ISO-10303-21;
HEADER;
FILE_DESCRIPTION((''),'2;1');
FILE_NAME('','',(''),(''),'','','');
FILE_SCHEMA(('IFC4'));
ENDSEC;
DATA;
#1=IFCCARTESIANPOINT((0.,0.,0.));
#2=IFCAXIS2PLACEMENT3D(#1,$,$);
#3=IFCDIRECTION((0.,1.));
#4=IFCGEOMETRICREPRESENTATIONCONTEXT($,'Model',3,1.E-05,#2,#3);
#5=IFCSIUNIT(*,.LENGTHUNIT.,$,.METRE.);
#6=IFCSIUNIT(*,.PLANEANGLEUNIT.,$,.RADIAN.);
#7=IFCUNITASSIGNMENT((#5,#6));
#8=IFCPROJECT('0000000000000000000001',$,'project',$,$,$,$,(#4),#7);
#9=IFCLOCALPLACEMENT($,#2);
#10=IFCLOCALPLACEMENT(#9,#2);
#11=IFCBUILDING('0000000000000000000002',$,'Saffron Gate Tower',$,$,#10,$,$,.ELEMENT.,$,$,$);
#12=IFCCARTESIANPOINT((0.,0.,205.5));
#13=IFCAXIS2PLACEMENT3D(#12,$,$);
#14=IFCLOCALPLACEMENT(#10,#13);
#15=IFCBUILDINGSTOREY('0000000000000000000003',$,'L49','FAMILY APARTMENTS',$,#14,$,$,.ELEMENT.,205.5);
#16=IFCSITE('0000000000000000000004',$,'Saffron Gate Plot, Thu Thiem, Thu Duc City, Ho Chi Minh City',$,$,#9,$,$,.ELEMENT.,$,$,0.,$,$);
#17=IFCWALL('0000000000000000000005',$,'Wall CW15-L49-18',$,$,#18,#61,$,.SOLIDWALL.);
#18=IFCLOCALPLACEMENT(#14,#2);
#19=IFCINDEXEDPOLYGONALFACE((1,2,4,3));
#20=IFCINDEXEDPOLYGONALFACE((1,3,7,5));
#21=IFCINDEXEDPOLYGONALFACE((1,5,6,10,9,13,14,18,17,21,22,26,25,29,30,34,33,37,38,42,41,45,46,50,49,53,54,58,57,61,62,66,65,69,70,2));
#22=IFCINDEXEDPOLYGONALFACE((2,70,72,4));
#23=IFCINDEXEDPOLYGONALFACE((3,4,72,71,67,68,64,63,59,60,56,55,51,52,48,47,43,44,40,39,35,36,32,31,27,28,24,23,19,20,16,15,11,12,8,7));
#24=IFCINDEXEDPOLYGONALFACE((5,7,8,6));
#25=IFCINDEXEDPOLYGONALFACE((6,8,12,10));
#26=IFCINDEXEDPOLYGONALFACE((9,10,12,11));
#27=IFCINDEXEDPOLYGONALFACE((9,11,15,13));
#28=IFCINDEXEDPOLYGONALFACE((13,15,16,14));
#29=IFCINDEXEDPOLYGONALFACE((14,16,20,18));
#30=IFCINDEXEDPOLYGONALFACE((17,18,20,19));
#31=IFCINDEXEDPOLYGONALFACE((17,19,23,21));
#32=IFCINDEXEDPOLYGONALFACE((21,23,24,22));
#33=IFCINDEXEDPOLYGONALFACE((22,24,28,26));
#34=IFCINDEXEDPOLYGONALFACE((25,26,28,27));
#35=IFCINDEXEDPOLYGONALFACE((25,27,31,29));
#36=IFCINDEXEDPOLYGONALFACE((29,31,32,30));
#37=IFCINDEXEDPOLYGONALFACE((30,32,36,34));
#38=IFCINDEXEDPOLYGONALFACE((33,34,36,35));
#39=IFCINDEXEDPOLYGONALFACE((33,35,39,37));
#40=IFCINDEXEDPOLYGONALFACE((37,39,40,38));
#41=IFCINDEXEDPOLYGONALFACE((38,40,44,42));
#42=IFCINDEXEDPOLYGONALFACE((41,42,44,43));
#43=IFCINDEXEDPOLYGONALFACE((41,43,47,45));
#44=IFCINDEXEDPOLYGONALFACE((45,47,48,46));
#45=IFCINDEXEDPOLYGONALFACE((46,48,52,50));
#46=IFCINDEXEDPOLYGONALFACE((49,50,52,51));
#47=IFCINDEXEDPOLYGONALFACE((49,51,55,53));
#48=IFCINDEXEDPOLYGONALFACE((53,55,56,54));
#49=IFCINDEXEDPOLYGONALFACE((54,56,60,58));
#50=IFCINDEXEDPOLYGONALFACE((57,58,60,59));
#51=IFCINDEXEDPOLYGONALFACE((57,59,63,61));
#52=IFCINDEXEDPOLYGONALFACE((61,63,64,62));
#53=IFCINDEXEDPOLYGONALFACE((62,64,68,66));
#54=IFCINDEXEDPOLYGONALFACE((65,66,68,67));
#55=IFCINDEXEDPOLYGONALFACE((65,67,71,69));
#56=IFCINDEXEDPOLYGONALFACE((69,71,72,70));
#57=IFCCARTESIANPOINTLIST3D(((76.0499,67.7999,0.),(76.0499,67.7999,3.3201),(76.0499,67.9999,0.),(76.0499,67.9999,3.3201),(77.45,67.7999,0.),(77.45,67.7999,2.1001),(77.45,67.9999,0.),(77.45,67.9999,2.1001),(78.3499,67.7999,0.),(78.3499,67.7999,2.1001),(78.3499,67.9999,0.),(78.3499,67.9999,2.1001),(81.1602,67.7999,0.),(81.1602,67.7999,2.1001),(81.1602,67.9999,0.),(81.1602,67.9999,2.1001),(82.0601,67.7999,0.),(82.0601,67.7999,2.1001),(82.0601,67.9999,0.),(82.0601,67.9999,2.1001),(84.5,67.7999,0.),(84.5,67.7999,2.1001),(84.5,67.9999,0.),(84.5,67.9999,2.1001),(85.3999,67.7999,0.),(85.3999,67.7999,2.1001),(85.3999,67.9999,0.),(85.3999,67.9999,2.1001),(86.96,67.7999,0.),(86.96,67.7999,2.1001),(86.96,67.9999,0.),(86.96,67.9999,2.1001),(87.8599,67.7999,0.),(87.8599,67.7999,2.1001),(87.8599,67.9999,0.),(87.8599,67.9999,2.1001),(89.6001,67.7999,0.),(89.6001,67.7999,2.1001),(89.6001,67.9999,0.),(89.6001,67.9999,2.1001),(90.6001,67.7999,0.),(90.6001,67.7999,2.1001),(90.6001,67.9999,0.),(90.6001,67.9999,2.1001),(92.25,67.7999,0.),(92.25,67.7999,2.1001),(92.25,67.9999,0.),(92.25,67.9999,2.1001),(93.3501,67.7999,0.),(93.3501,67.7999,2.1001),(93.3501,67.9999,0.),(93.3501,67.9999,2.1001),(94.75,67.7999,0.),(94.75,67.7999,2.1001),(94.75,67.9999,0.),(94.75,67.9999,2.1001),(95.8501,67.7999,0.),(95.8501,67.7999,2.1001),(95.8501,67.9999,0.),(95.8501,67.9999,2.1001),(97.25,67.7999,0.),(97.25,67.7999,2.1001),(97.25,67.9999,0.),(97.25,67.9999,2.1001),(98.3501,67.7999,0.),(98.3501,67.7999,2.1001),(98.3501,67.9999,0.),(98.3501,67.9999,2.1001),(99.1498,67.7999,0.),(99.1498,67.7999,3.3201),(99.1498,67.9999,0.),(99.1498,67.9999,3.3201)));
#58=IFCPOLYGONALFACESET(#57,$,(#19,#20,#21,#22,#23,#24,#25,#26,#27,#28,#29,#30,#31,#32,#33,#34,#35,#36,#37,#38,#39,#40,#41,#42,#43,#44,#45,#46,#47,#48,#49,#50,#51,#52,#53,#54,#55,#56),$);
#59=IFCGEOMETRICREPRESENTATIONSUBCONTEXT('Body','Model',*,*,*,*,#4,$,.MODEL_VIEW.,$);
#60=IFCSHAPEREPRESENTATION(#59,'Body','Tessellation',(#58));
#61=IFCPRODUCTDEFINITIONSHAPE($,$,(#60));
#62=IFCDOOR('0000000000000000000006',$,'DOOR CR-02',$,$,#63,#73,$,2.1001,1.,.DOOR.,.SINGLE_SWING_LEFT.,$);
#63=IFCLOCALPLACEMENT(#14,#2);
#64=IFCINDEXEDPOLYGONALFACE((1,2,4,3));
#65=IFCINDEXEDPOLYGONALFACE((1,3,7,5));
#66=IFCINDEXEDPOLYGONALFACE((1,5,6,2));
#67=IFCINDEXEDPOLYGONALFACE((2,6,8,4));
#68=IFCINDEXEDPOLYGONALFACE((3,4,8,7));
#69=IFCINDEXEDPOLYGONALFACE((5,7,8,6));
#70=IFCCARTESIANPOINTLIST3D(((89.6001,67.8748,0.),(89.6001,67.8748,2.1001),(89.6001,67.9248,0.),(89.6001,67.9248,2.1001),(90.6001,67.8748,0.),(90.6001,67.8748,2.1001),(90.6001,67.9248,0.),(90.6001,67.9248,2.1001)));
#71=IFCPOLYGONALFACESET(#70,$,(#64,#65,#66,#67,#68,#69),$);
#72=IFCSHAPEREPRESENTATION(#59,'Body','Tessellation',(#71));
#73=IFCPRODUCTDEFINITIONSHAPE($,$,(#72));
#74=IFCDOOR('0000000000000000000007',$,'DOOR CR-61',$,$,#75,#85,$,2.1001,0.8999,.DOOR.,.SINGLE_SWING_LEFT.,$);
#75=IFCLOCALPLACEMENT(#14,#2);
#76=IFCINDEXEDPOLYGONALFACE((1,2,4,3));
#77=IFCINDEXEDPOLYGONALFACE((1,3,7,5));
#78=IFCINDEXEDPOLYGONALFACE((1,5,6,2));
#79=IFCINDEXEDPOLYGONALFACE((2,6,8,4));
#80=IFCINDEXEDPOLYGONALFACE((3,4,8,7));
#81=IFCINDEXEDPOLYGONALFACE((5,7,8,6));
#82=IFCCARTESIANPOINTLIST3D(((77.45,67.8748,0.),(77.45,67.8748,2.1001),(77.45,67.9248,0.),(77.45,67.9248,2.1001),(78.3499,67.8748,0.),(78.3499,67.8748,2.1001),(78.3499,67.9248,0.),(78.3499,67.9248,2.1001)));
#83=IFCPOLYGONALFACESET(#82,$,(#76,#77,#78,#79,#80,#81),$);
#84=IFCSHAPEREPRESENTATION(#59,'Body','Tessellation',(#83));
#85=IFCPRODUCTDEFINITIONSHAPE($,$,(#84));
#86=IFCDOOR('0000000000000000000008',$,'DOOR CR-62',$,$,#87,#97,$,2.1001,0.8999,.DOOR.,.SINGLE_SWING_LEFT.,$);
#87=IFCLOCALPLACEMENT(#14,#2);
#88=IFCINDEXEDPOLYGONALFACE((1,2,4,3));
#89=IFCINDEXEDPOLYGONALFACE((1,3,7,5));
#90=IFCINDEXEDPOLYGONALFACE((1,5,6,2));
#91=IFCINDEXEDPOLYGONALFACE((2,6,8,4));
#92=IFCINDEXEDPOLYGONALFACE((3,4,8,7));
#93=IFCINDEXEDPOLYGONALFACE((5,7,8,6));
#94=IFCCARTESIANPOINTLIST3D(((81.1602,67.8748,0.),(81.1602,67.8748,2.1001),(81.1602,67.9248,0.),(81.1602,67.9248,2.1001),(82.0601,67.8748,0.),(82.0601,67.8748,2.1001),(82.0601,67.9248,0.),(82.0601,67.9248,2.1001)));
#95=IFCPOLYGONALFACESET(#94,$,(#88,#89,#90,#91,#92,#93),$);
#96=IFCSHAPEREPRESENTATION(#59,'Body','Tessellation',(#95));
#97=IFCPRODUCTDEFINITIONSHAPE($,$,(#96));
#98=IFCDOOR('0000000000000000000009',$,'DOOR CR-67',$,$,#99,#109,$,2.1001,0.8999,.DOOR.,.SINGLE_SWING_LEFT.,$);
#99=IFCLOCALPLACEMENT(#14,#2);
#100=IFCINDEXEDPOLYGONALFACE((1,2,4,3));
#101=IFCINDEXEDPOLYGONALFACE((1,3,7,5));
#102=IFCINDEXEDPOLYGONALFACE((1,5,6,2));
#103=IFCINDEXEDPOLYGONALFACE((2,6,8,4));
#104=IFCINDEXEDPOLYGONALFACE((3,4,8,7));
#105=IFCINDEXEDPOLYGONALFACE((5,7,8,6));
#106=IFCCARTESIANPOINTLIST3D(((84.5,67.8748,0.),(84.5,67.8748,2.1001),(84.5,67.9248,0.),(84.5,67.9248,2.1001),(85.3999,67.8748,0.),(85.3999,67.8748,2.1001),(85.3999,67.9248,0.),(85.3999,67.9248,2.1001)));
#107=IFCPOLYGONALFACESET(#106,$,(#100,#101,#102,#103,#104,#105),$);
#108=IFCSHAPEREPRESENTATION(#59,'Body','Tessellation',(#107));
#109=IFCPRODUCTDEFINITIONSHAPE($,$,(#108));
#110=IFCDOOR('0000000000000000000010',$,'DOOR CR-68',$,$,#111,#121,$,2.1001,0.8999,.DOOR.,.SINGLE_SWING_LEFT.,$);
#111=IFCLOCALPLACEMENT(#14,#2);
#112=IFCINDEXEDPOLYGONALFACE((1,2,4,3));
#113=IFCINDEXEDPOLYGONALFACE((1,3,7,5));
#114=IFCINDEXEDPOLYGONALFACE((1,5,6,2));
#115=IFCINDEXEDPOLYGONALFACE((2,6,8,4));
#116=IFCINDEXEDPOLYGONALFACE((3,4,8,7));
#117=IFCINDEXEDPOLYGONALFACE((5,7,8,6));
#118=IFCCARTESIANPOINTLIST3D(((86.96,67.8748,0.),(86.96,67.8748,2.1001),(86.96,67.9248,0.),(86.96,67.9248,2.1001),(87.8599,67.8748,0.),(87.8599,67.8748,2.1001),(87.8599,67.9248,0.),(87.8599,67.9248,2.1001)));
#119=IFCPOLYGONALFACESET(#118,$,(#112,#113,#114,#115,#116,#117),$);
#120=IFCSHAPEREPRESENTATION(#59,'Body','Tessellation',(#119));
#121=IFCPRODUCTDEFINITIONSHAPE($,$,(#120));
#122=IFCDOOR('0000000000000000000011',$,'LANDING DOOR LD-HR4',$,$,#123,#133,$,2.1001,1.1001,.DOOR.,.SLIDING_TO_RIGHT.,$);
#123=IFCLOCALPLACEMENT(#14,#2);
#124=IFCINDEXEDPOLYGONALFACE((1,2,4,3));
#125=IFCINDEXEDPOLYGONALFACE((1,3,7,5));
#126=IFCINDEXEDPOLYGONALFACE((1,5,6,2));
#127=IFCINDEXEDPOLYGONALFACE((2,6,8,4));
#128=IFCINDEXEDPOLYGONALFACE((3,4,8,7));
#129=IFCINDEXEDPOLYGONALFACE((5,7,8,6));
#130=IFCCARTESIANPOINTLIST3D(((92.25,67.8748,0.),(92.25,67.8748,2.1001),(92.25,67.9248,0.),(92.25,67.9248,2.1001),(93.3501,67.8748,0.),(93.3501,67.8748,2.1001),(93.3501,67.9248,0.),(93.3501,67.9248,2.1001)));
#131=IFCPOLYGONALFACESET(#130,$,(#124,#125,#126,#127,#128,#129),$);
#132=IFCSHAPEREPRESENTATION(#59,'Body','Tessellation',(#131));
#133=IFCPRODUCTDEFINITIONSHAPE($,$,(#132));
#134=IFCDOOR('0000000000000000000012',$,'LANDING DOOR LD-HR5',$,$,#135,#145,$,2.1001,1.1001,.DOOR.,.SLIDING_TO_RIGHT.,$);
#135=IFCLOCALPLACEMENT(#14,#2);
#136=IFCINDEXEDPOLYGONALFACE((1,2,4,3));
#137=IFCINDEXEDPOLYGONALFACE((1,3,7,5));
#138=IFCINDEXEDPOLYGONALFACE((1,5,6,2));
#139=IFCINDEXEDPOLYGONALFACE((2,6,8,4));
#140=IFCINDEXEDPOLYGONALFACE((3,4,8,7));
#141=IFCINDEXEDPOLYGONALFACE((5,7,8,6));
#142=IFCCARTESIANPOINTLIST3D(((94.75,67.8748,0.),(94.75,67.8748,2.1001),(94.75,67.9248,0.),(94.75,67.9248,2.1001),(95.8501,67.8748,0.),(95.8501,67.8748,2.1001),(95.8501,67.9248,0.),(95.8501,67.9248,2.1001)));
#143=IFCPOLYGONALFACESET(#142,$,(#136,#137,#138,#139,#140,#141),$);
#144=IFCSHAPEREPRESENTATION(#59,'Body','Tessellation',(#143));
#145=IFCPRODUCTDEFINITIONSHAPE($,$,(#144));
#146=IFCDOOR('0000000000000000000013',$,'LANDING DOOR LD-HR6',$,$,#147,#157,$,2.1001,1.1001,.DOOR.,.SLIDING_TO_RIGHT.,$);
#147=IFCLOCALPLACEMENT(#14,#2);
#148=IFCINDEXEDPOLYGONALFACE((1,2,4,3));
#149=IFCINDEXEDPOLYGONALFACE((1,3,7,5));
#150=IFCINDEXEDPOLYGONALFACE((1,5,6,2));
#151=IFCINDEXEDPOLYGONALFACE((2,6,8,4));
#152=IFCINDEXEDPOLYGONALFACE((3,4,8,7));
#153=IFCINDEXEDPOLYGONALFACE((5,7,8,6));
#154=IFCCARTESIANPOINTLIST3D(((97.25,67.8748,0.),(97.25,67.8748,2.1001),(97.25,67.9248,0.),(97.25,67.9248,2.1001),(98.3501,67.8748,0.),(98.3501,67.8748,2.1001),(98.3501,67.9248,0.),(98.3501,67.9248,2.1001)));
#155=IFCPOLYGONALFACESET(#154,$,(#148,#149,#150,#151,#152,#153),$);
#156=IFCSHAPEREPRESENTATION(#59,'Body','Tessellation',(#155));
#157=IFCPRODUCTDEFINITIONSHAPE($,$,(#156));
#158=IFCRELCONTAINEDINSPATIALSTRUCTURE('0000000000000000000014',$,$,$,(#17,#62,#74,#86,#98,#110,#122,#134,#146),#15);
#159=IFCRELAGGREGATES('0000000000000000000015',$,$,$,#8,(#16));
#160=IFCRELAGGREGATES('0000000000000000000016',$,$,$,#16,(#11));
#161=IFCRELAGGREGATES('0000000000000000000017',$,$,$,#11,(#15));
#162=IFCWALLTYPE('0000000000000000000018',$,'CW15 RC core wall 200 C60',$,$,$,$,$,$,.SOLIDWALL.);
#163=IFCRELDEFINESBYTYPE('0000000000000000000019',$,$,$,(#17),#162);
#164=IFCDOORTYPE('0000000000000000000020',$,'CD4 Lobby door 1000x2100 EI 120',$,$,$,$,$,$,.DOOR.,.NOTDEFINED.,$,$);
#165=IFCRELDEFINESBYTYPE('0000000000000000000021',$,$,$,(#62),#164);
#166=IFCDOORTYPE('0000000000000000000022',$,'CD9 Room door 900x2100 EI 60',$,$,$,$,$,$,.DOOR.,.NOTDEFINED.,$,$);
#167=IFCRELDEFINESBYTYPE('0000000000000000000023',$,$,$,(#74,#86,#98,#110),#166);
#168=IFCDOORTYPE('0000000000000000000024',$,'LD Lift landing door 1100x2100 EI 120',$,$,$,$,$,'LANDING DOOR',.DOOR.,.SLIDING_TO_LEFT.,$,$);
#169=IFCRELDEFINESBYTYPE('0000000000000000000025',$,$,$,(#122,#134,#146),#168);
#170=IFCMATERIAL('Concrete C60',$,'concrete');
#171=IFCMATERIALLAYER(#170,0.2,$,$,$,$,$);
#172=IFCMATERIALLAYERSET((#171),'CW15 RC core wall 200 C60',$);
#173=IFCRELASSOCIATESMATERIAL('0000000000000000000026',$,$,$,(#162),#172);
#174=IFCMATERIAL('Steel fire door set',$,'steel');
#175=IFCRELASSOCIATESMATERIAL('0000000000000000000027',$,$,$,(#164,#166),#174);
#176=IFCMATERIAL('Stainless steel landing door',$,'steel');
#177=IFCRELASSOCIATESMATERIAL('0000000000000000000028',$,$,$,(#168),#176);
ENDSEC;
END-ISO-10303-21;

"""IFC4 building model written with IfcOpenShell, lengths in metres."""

from ifc_helpers import new_model, si_unit, direction, frame, frame_2d, origin, place, context, subcontext, project, spatial, rectangle, extrude, material, layer, layer_set, type_object, element, fill, save


model = new_model("IFC4")

# Units and contexts
model_context = context("Model", 3, precision=1e-05, world=origin(), true_north=direction((0.0, 1.0)))
body_context = subcontext(model_context, "Body", "Model", "MODEL_VIEW")
ifc_project = project(units=[si_unit("LENGTHUNIT", "METRE"), si_unit("PLANEANGLEUNIT", "RADIAN")], contexts=[model_context])

# Site, building, storey
site_placement = place(None, origin())
site = spatial("IfcSite", under=ifc_project, at=site_placement, Name="Saffron Gate Plot, Thu Thiem, Thu Duc City, Ho Chi Minh City", CompositionType="ELEMENT", RefElevation=0.0)
building_placement = place(site_placement, origin())
building = spatial("IfcBuilding", under=site, at=building_placement, Name="Saffron Gate Tower", CompositionType="ELEMENT")
storey_placement = place(building_placement, frame((0.0, 0.0, 205.5)))
storey = spatial("IfcBuildingStorey", under=building, at=storey_placement, Name="L49", Description="FAMILY APARTMENTS", CompositionType="ELEMENT", Elevation=205.5)

# Shared definitions
ifc_material_1 = material(Name="Concrete C60", Category="concrete")

# Wall, openings, doors
ifc_layer_1 = layer(ifc_material_1, 0.2)
ifc_layer_set_1 = layer_set([ifc_layer_1], Name="CW15 RC core wall 200 C60")
wall_type_1 = type_object("IfcWallType", Name="CW15 RC core wall 200 C60", PredefinedType="SOLIDWALL", material=ifc_layer_set_1)
wall_1_placement = place(storey_placement, frame((76.05, 67.8999, 0.0), z_axis=(0.0, 0.0, 1.0), x_axis=(1.0, 0.0, 0.0)))
wall_1 = element("IfcWall", 1, at=wall_1_placement, inside=storey, type_object=wall_type_1, Name="Wall CW15-L49-18", PredefinedType="SOLIDWALL", context=body_context, shape_type="SweptSolid", body=[
    extrude(rectangle(XDim=23.0999, YDim=0.2, at=frame_2d((11.5498, 0.0))), origin(), (0.0, 0.0, 1.0), 3.3201),
])
opening_1_placement = place(wall_1_placement, frame((1.3999, 0.0, 0.0)))
opening_1 = element("IfcOpeningElement", 2, at=opening_1_placement, cuts=wall_1, PredefinedType="OPENING", context=body_context, shape_type="SweptSolid", body=[
    extrude(rectangle(XDim=0.8999, YDim=2.1001, at=frame_2d((0.45, 1.05))), frame((0.0, 0.1099, 0.0), z_axis=(0.0, -1.0, 0.0), x_axis=(1.0, 0.0, 0.0)), (0.0, 0.0, 1.0), 0.22),
])
opening_2_placement = place(wall_1_placement, frame((5.1101, 0.0, 0.0)))
opening_2 = element("IfcOpeningElement", 3, at=opening_2_placement, cuts=wall_1, PredefinedType="OPENING", context=body_context, shape_type="SweptSolid", body=[
    extrude(rectangle(XDim=0.8999, YDim=2.1001, at=frame_2d((0.45, 1.05))), frame((0.0, 0.1099, 0.0), z_axis=(0.0, -1.0, 0.0), x_axis=(1.0, 0.0, 0.0)), (0.0, 0.0, 1.0), 0.22),
])
opening_3_placement = place(wall_1_placement, frame((8.45, 0.0, 0.0)))
opening_3 = element("IfcOpeningElement", 4, at=opening_3_placement, cuts=wall_1, PredefinedType="OPENING", context=body_context, shape_type="SweptSolid", body=[
    extrude(rectangle(XDim=0.8999, YDim=2.1001, at=frame_2d((0.45, 1.05))), frame((0.0, 0.1099, 0.0), z_axis=(0.0, -1.0, 0.0), x_axis=(1.0, 0.0, 0.0)), (0.0, 0.0, 1.0), 0.22),
])
opening_4_placement = place(wall_1_placement, frame((10.9099, 0.0, 0.0)))
opening_4 = element("IfcOpeningElement", 5, at=opening_4_placement, cuts=wall_1, PredefinedType="OPENING", context=body_context, shape_type="SweptSolid", body=[
    extrude(rectangle(XDim=0.8999, YDim=2.1001, at=frame_2d((0.45, 1.05))), frame((0.0, 0.1099, 0.0), z_axis=(0.0, -1.0, 0.0), x_axis=(1.0, 0.0, 0.0)), (0.0, 0.0, 1.0), 0.22),
])
opening_5_placement = place(wall_1_placement, frame((13.55, 0.0, 0.0)))
opening_5 = element("IfcOpeningElement", 6, at=opening_5_placement, cuts=wall_1, PredefinedType="OPENING", context=body_context, shape_type="SweptSolid", body=[
    extrude(rectangle(XDim=1.0, YDim=2.1001, at=frame_2d((0.5, 1.05))), frame((0.0, 0.1099, 0.0), z_axis=(0.0, -1.0, 0.0), x_axis=(1.0, 0.0, 0.0)), (0.0, 0.0, 1.0), 0.22),
])
opening_6_placement = place(wall_1_placement, frame((16.2, 0.0, 0.0)))
opening_6 = element("IfcOpeningElement", 7, at=opening_6_placement, cuts=wall_1, PredefinedType="OPENING", context=body_context, shape_type="SweptSolid", body=[
    extrude(rectangle(XDim=1.1001, YDim=2.1001, at=frame_2d((0.55, 1.05))), frame((0.0, 0.1099, 0.0), z_axis=(0.0, -1.0, 0.0), x_axis=(1.0, 0.0, 0.0)), (0.0, 0.0, 1.0), 0.22),
])
opening_7_placement = place(wall_1_placement, frame((18.7, 0.0, 0.0)))
opening_7 = element("IfcOpeningElement", 8, at=opening_7_placement, cuts=wall_1, PredefinedType="OPENING", context=body_context, shape_type="SweptSolid", body=[
    extrude(rectangle(XDim=1.1001, YDim=2.1001, at=frame_2d((0.55, 1.05))), frame((0.0, 0.1099, 0.0), z_axis=(0.0, -1.0, 0.0), x_axis=(1.0, 0.0, 0.0)), (0.0, 0.0, 1.0), 0.22),
])
opening_8_placement = place(wall_1_placement, frame((21.2, 0.0, 0.0)))
opening_8 = element("IfcOpeningElement", 9, at=opening_8_placement, cuts=wall_1, PredefinedType="OPENING", context=body_context, shape_type="SweptSolid", body=[
    extrude(rectangle(XDim=1.1001, YDim=2.1001, at=frame_2d((0.55, 1.05))), frame((0.0, 0.1099, 0.0), z_axis=(0.0, -1.0, 0.0), x_axis=(1.0, 0.0, 0.0)), (0.0, 0.0, 1.0), 0.22),
])
ifc_material_2 = material(Name="Steel fire door set", Category="steel")
door_type_1 = type_object("IfcDoorType", Name="CD4 Lobby door 1000x2100 EI 120", OperationType="NOTDEFINED", PredefinedType="DOOR", material=ifc_material_2)
door_1_placement = place(opening_5_placement, origin())
door_1 = element("IfcDoor", 10, at=door_1_placement, inside=storey, type_object=door_type_1, Name="DOOR CR-02", OperationType="SINGLE_SWING_LEFT", OverallHeight=2.1001, OverallWidth=1.0, PredefinedType="DOOR", context=body_context, shape_type="SweptSolid", body=[
    extrude(rectangle(XDim=1.0, YDim=2.1001, at=frame_2d((0.5, 1.05))), frame((0.0, 0.0249, 0.0), z_axis=(0.0, -1.0, 0.0), x_axis=(1.0, 0.0, 0.0)), (0.0, 0.0, 1.0), 0.05),
])
fill(opening_5, door_1)
door_type_2 = type_object("IfcDoorType", Name="CD9 Room door 900x2100 EI 60", OperationType="NOTDEFINED", PredefinedType="DOOR", material=ifc_material_2)
door_2_placement = place(opening_1_placement, origin())
door_2 = element("IfcDoor", 11, at=door_2_placement, inside=storey, type_object=door_type_2, Name="DOOR CR-61", OperationType="SINGLE_SWING_LEFT", OverallHeight=2.1001, OverallWidth=0.8999, PredefinedType="DOOR", context=body_context, shape_type="SweptSolid", body=[
    extrude(rectangle(XDim=0.8999, YDim=2.1001, at=frame_2d((0.45, 1.05))), frame((0.0, 0.0249, 0.0), z_axis=(0.0, -1.0, 0.0), x_axis=(1.0, 0.0, 0.0)), (0.0, 0.0, 1.0), 0.05),
])
fill(opening_1, door_2)
door_3_placement = place(opening_2_placement, origin())
door_3 = element("IfcDoor", 12, at=door_3_placement, inside=storey, type_object=door_type_2, Name="DOOR CR-62", OperationType="SINGLE_SWING_LEFT", OverallHeight=2.1001, OverallWidth=0.8999, PredefinedType="DOOR", context=body_context, shape_type="SweptSolid", body=[
    extrude(rectangle(XDim=0.8999, YDim=2.1001, at=frame_2d((0.45, 1.05))), frame((0.0, 0.0249, 0.0), z_axis=(0.0, -1.0, 0.0), x_axis=(1.0, 0.0, 0.0)), (0.0, 0.0, 1.0), 0.05),
])
fill(opening_2, door_3)
door_4_placement = place(opening_3_placement, origin())
door_4 = element("IfcDoor", 13, at=door_4_placement, inside=storey, type_object=door_type_2, Name="DOOR CR-67", OperationType="SINGLE_SWING_LEFT", OverallHeight=2.1001, OverallWidth=0.8999, PredefinedType="DOOR", context=body_context, shape_type="SweptSolid", body=[
    extrude(rectangle(XDim=0.8999, YDim=2.1001, at=frame_2d((0.45, 1.05))), frame((0.0, 0.0249, 0.0), z_axis=(0.0, -1.0, 0.0), x_axis=(1.0, 0.0, 0.0)), (0.0, 0.0, 1.0), 0.05),
])
fill(opening_3, door_4)
door_5_placement = place(opening_4_placement, origin())
door_5 = element("IfcDoor", 14, at=door_5_placement, inside=storey, type_object=door_type_2, Name="DOOR CR-68", OperationType="SINGLE_SWING_LEFT", OverallHeight=2.1001, OverallWidth=0.8999, PredefinedType="DOOR", context=body_context, shape_type="SweptSolid", body=[
    extrude(rectangle(XDim=0.8999, YDim=2.1001, at=frame_2d((0.45, 1.05))), frame((0.0, 0.0249, 0.0), z_axis=(0.0, -1.0, 0.0), x_axis=(1.0, 0.0, 0.0)), (0.0, 0.0, 1.0), 0.05),
])
fill(opening_4, door_5)
ifc_material_3 = material(Name="Stainless steel landing door", Category="steel")
door_type_3 = type_object("IfcDoorType", Name="LD Lift landing door 1100x2100 EI 120", ElementType="LANDING DOOR", OperationType="SLIDING_TO_LEFT", PredefinedType="DOOR", material=ifc_material_3)
door_6_placement = place(opening_6_placement, origin())
door_6 = element("IfcDoor", 15, at=door_6_placement, inside=storey, type_object=door_type_3, Name="LANDING DOOR LD-HR4", OperationType="SLIDING_TO_RIGHT", OverallHeight=2.1001, OverallWidth=1.1001, PredefinedType="DOOR", context=body_context, shape_type="SweptSolid", body=[
    extrude(rectangle(XDim=1.1001, YDim=2.1001, at=frame_2d((0.55, 1.05))), frame((0.0, 0.0249, 0.0), z_axis=(0.0, -1.0, 0.0), x_axis=(1.0, 0.0, 0.0)), (0.0, 0.0, 1.0), 0.05),
])
fill(opening_6, door_6)
door_7_placement = place(opening_7_placement, origin())
door_7 = element("IfcDoor", 16, at=door_7_placement, inside=storey, type_object=door_type_3, Name="LANDING DOOR LD-HR5", OperationType="SLIDING_TO_RIGHT", OverallHeight=2.1001, OverallWidth=1.1001, PredefinedType="DOOR", context=body_context, shape_type="SweptSolid", body=[
    extrude(rectangle(XDim=1.1001, YDim=2.1001, at=frame_2d((0.55, 1.05))), frame((0.0, 0.0249, 0.0), z_axis=(0.0, -1.0, 0.0), x_axis=(1.0, 0.0, 0.0)), (0.0, 0.0, 1.0), 0.05),
])
fill(opening_7, door_7)
door_8_placement = place(opening_8_placement, origin())
door_8 = element("IfcDoor", 17, at=door_8_placement, inside=storey, type_object=door_type_3, Name="LANDING DOOR LD-HR6", OperationType="SLIDING_TO_RIGHT", OverallHeight=2.1001, OverallWidth=1.1001, PredefinedType="DOOR", context=body_context, shape_type="SweptSolid", body=[
    extrude(rectangle(XDim=1.1001, YDim=2.1001, at=frame_2d((0.55, 1.05))), frame((0.0, 0.0249, 0.0), z_axis=(0.0, -1.0, 0.0), x_axis=(1.0, 0.0, 0.0)), (0.0, 0.0, 1.0), 0.05),
])
fill(opening_8, door_8)

save(model, "model.ifc")
